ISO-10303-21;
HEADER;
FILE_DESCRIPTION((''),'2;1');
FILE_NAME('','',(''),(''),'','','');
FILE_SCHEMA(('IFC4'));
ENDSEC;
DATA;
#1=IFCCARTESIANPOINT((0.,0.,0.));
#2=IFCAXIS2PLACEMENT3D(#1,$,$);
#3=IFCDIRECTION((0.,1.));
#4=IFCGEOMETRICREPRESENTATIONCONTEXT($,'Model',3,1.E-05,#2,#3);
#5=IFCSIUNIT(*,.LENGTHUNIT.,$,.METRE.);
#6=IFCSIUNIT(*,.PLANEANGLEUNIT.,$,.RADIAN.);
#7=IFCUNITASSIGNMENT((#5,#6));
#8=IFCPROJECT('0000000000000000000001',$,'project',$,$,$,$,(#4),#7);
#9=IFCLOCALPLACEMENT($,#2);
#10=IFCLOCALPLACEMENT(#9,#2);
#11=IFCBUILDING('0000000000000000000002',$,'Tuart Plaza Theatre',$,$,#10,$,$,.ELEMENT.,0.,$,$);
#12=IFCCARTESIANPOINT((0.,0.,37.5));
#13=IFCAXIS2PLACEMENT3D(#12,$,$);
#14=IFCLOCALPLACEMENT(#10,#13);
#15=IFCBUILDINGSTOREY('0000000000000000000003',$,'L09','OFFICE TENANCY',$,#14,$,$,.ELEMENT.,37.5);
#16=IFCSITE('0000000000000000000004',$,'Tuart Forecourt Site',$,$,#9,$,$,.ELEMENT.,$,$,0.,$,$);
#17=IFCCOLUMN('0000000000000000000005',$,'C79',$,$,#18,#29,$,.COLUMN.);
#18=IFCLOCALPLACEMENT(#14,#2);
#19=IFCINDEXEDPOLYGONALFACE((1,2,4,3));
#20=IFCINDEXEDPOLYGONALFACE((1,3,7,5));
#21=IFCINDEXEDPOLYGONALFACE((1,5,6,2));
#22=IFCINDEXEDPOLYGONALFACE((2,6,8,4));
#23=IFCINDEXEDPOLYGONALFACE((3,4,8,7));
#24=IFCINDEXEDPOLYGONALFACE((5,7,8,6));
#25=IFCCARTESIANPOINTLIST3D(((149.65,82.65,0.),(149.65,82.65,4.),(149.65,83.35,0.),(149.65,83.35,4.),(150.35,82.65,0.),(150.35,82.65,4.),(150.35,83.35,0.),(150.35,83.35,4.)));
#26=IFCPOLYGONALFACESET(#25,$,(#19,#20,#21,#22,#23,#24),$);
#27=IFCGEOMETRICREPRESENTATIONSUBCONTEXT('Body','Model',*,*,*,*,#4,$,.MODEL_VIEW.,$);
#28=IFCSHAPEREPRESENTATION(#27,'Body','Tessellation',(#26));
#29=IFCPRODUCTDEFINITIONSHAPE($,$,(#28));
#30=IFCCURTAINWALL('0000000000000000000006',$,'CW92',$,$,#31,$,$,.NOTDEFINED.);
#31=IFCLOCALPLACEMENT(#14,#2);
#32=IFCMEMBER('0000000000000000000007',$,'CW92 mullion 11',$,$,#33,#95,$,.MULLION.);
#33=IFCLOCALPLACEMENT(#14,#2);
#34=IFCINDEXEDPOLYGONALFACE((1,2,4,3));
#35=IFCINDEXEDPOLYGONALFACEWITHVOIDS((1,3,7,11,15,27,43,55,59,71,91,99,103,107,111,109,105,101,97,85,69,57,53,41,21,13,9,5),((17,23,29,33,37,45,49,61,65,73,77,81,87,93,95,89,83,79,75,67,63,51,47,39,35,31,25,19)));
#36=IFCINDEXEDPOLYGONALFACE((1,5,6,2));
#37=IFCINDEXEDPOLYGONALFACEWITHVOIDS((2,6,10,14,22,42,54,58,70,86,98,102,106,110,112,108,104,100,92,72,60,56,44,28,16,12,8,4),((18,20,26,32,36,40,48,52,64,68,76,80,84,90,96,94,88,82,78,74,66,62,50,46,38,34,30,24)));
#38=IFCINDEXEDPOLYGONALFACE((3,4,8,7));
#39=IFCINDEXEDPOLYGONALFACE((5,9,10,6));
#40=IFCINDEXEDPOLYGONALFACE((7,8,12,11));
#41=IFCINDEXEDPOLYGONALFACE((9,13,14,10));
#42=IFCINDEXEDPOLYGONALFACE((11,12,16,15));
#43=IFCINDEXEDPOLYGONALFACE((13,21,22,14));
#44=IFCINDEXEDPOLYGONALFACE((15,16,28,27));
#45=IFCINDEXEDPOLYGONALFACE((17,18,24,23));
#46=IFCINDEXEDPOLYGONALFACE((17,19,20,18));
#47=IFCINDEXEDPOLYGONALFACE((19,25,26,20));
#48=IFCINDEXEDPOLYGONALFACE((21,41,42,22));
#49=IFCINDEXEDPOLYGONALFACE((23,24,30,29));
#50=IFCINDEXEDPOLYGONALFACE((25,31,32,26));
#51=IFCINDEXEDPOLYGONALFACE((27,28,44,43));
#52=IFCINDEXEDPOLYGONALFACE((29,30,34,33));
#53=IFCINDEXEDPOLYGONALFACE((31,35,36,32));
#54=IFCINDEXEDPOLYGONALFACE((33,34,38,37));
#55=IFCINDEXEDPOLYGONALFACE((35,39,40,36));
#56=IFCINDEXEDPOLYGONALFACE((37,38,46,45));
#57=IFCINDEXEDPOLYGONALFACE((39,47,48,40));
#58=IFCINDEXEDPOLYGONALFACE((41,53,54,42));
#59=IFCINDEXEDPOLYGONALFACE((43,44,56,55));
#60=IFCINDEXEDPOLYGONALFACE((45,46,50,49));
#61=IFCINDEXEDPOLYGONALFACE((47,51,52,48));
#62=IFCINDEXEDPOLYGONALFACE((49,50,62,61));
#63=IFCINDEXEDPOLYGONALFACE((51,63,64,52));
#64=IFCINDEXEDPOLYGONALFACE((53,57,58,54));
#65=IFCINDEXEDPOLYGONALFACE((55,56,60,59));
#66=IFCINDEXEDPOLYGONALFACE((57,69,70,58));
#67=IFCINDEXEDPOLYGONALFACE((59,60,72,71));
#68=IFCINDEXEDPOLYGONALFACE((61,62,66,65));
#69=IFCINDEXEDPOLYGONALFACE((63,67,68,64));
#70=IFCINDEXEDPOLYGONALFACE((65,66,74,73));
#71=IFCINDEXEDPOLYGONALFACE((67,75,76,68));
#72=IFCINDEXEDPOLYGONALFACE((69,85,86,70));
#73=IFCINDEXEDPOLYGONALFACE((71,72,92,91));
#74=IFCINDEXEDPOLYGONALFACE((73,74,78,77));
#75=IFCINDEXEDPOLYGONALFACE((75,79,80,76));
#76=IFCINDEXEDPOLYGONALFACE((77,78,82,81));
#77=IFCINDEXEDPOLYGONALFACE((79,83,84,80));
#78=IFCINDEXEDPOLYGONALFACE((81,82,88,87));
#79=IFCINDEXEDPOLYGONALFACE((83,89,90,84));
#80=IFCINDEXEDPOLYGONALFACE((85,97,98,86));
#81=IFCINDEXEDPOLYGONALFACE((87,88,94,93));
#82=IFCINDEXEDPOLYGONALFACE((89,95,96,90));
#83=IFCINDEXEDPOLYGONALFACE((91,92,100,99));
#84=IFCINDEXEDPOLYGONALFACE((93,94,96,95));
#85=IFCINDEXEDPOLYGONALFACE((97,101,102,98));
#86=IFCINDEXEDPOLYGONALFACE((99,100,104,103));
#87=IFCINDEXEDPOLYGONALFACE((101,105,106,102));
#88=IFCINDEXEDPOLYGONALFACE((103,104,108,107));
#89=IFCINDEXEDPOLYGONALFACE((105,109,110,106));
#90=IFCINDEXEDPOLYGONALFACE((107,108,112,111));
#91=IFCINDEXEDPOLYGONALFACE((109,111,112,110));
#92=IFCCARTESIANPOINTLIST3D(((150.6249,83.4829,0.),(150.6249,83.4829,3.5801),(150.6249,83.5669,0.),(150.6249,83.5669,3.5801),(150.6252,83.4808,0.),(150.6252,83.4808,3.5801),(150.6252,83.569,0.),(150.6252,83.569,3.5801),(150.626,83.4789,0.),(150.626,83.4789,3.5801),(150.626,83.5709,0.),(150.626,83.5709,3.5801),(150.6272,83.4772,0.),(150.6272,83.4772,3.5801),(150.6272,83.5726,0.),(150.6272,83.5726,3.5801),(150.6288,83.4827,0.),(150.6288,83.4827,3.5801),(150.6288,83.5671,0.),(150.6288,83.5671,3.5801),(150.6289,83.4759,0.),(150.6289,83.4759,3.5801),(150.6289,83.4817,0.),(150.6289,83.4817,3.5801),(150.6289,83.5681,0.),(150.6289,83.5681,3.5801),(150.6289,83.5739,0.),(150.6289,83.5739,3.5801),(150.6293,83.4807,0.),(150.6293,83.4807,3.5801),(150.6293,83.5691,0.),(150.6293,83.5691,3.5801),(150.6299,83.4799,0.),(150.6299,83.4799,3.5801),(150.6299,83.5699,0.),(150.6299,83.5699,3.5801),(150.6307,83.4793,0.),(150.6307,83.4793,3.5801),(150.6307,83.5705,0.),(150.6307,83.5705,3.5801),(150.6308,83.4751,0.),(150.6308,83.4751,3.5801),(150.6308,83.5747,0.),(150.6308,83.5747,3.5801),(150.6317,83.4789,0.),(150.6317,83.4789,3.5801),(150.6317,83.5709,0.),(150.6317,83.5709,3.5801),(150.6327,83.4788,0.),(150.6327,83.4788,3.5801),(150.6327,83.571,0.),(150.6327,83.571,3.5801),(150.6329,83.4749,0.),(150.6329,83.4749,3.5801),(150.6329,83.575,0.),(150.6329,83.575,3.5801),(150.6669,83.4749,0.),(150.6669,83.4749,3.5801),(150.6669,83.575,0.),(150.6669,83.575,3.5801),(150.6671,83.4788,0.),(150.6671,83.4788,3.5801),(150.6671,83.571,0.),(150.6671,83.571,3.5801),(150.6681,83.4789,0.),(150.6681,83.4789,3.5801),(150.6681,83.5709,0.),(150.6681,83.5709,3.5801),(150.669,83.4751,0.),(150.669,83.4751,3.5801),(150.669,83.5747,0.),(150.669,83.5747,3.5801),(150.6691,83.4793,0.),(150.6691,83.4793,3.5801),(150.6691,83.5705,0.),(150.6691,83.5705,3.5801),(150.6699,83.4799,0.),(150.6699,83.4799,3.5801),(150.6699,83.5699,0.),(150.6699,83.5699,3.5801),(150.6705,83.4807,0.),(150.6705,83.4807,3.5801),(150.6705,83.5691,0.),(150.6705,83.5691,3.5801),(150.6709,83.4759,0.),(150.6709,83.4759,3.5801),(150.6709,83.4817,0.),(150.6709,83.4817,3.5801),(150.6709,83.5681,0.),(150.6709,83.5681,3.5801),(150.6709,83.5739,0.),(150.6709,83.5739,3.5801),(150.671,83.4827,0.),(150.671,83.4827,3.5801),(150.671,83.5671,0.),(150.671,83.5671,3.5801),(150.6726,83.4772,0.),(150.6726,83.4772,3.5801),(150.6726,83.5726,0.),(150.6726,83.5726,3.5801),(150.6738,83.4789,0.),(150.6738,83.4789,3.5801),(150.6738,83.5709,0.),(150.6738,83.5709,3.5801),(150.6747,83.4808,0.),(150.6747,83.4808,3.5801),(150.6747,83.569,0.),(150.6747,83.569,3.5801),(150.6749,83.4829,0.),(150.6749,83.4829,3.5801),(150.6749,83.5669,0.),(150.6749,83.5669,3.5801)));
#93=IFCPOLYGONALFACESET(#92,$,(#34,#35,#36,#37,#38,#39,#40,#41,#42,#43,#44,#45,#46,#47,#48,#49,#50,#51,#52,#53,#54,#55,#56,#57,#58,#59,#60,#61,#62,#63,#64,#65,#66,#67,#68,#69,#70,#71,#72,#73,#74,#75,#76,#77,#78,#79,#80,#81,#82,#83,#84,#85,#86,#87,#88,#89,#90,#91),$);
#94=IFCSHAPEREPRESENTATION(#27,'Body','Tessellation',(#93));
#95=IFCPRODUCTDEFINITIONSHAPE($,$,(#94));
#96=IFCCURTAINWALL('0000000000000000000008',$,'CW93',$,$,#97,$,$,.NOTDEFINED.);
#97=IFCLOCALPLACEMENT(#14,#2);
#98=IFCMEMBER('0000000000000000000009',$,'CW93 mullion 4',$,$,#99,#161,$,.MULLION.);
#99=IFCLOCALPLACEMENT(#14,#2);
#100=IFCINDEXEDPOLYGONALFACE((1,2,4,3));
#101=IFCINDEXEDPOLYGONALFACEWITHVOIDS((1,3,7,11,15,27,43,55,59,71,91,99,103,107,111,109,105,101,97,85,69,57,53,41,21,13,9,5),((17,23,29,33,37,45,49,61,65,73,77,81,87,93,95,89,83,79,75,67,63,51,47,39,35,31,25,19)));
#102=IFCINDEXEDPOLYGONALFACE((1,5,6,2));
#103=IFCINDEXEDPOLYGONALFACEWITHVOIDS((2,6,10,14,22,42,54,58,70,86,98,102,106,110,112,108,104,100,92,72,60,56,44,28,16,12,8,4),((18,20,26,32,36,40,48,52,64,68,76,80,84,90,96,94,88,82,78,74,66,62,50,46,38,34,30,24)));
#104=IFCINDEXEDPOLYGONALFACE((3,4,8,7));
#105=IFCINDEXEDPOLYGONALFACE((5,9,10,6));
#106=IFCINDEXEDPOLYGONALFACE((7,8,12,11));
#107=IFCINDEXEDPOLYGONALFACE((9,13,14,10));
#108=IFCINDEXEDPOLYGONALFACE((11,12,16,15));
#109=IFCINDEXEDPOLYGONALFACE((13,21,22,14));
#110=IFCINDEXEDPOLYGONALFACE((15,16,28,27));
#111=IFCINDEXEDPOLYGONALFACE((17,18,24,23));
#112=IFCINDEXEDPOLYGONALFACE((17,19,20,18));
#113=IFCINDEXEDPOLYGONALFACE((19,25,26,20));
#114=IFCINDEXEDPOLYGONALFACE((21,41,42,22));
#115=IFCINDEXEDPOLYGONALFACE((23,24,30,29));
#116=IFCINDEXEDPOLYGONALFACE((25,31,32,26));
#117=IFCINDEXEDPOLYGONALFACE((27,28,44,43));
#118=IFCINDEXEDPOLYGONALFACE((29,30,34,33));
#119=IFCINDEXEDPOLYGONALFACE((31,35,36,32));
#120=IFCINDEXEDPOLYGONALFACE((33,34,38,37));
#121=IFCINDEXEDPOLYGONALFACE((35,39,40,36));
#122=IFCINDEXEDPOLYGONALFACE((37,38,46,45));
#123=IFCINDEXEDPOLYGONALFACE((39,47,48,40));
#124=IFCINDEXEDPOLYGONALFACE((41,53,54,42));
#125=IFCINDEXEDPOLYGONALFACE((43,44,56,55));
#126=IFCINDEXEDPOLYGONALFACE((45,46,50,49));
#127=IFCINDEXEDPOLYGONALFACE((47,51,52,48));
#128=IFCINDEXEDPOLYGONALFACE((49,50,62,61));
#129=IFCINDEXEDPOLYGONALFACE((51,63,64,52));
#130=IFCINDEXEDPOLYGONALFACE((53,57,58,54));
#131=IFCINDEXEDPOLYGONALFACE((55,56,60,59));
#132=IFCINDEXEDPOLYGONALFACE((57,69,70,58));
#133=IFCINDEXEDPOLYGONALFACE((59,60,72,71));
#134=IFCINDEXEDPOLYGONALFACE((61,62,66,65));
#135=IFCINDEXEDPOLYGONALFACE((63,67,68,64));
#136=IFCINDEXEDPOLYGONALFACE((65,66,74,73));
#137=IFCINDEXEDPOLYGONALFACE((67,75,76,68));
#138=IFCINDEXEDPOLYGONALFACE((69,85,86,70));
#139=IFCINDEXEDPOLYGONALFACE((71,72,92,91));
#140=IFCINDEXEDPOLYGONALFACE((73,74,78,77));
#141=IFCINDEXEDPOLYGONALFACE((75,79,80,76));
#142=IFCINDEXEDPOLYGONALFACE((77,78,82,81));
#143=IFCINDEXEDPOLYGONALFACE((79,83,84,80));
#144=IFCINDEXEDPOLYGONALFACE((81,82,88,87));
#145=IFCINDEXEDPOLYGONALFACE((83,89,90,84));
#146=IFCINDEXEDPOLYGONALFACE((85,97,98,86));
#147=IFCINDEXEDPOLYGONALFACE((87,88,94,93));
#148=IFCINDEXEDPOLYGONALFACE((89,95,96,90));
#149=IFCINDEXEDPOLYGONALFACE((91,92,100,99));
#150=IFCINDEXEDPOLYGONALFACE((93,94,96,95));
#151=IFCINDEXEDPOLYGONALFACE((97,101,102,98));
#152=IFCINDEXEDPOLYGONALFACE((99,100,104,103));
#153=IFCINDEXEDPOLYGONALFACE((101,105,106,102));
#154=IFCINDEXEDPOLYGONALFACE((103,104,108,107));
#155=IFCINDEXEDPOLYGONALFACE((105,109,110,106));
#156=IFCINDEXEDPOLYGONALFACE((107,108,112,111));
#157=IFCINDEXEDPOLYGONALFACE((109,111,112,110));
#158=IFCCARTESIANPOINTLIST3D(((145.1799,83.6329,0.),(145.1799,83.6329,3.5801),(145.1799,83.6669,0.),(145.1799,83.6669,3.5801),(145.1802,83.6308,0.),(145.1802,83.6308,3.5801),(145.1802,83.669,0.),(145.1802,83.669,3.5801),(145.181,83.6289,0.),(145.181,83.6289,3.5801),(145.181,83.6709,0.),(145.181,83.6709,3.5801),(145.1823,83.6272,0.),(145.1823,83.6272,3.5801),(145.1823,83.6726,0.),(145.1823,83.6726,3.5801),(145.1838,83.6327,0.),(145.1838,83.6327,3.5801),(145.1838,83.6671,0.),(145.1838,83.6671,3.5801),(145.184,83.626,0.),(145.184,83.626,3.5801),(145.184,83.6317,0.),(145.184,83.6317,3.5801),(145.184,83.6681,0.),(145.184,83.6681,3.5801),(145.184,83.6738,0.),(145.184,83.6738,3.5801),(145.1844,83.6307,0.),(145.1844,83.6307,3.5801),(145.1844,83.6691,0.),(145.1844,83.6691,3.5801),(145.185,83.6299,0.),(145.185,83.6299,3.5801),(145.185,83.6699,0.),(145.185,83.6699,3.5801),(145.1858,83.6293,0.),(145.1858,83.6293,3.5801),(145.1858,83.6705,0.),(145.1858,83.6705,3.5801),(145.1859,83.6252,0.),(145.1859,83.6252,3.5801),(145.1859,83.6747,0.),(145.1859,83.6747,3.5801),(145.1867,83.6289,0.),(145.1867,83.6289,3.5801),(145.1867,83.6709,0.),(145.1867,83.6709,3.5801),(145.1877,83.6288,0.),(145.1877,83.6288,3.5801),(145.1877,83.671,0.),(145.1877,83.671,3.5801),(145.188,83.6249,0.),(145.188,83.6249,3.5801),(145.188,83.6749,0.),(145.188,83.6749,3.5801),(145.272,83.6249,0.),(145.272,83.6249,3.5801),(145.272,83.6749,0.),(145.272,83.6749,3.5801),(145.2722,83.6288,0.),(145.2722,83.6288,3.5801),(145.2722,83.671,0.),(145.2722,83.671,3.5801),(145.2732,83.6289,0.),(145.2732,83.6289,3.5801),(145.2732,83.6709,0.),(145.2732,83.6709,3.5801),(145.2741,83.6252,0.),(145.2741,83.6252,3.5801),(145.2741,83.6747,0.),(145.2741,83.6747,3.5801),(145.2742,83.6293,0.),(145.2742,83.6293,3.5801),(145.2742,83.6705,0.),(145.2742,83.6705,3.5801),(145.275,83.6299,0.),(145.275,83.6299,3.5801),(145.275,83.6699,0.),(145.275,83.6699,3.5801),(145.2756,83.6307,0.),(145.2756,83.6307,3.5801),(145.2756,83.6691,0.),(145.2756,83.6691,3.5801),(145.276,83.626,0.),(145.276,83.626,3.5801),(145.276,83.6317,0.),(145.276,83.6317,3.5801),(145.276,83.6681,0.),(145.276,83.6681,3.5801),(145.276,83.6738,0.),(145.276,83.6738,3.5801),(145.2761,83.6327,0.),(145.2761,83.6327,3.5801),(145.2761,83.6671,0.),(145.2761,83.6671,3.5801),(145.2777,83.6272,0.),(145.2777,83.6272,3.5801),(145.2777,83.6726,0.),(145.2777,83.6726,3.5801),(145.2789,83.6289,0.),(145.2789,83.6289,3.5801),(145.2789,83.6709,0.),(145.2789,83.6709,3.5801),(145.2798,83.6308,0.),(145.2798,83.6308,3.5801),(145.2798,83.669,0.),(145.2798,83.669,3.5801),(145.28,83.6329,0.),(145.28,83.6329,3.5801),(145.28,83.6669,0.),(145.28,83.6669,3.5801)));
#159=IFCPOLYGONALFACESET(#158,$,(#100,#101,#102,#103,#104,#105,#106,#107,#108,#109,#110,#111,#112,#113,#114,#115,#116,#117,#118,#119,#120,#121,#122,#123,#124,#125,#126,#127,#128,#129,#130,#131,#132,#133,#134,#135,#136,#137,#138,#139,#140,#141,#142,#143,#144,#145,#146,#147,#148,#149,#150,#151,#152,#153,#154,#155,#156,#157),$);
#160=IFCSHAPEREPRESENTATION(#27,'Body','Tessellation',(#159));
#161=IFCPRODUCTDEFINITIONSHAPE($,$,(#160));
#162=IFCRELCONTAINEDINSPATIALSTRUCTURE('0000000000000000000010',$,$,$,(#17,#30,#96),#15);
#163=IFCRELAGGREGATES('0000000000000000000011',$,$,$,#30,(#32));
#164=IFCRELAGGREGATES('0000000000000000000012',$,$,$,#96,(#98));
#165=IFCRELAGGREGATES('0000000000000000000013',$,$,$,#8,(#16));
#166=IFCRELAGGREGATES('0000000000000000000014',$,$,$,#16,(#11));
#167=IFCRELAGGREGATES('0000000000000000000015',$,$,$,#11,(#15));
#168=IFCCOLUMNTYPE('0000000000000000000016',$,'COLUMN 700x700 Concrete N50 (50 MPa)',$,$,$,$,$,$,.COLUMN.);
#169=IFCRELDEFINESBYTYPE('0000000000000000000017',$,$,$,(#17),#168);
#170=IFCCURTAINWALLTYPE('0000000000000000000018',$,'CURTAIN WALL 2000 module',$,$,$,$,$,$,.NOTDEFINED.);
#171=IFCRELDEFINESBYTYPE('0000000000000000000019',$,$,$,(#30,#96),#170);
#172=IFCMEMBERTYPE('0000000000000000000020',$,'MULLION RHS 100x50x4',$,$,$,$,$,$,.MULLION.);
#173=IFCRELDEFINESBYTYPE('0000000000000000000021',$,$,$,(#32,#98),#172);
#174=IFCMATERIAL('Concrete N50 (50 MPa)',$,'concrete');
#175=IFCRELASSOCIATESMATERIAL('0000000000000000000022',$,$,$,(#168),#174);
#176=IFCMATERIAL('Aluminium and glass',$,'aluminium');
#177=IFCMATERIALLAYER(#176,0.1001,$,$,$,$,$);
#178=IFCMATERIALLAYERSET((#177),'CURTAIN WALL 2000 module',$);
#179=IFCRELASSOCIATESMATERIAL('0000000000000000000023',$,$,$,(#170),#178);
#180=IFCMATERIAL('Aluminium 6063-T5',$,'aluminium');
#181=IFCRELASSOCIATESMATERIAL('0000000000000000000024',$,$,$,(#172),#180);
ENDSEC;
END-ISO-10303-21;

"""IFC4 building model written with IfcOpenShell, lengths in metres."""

from ifc_helpers import new_model, si_unit, direction, frame, origin, origin_2d, place, context, subcontext, project, spatial, rectangle, hollow_rectangle, extrude, material, layer, layer_set, material_profile, profile_set, type_object, element, aggregate, save


model = new_model("IFC4")

# Units and contexts
model_context = context("Model", 3, precision=1e-05, world=origin(), true_north=direction((0.0, 1.0)))
body_context = subcontext(model_context, "Body", "Model", "MODEL_VIEW")
ifc_project = project(units=[si_unit("LENGTHUNIT", "METRE"), si_unit("PLANEANGLEUNIT", "RADIAN")], contexts=[model_context])

# Site, building, storey
site_placement = place(None, origin())
site = spatial("IfcSite", under=ifc_project, at=site_placement, Name="Tuart Forecourt Site", CompositionType="ELEMENT", RefElevation=0.0)
building_placement = place(site_placement, origin())
building = spatial("IfcBuilding", under=site, at=building_placement, Name="Tuart Plaza Theatre", CompositionType="ELEMENT", ElevationOfRefHeight=0.0)
storey_placement = place(building_placement, frame((0.0, 0.0, 37.5)))
storey = spatial("IfcBuildingStorey", under=building, at=storey_placement, Name="L09", Description="OFFICE TENANCY", CompositionType="ELEMENT", Elevation=37.5)

# Column
ifc_material_1 = material(Name="Concrete N50 (50 MPa)", Category="concrete")
ifc_material_profile_1 = material_profile(ifc_material_1, rectangle(XDim=0.7, YDim=0.7, at=origin_2d()), Name="COLUMN 700x700 Concrete N50 (50 MPa)")
ifc_profile_set_1 = profile_set([ifc_material_profile_1], Name="Concrete N50 (50 MPa)")
column_type = type_object("IfcColumnType", Name="COLUMN 700x700 Concrete N50 (50 MPa)", PredefinedType="COLUMN", material=ifc_profile_set_1)
column_placement = place(storey_placement, frame((150.0, 83.0, 0.0), z_axis=(0.0, 0.0, 1.0), x_axis=(1.0, 0.0, 0.0)))
element("IfcColumn", 1, at=column_placement, inside=storey, type_object=column_type, Name="C79", PredefinedType="COLUMN", context=body_context, shape_type="SweptSolid", body=[
    extrude(rectangle(XDim=0.7, YDim=0.7, at=origin_2d()), origin(), (0.0, 0.0, 1.0), 4.0),
])

# Curtain wall, member
ifc_material_2 = material(Name="Aluminium and glass", Category="aluminium")
ifc_layer_1 = layer(ifc_material_2, 0.1001)
ifc_layer_set_1 = layer_set([ifc_layer_1], Name="CURTAIN WALL 2000 module")
curtain_wall_type = type_object("IfcCurtainWallType", Name="CURTAIN WALL 2000 module", PredefinedType="NOTDEFINED", material=ifc_layer_set_1)
curtain_wall_1_placement = place(storey_placement, origin())
curtain_wall_1 = element("IfcCurtainWall", 2, at=curtain_wall_1_placement, inside=storey, type_object=curtain_wall_type, Name="CW92", PredefinedType="NOTDEFINED")
ifc_material_3 = material(Name="Aluminium 6063-T5", Category="aluminium")
ifc_material_profile_2 = material_profile(ifc_material_3, hollow_rectangle(XDim=0.05, YDim=0.1001, WallThickness=0.0039, InnerFilletRadius=0.0039, OuterFilletRadius=0.0081, at=origin_2d()), Name="RHS 100x50x4")
ifc_profile_set_2 = profile_set([ifc_material_profile_2], Name="Aluminium 6063-T5")
member_type_1 = type_object("IfcMemberType", Name="MULLION RHS 100x50x4", PredefinedType="MULLION", material=ifc_profile_set_2)
member_1_placement = place(storey_placement, frame((150.6499, 83.5249, 0.0), z_axis=(0.0, 0.0, 1.0), x_axis=(-1.0, 0.0, 0.0)))
member_1 = element("IfcMember", 3, at=member_1_placement, type_object=member_type_1, Name="CW92 mullion 11", PredefinedType="MULLION", context=body_context, shape_type="SweptSolid", body=[
    extrude(hollow_rectangle(XDim=0.05, YDim=0.1001, WallThickness=0.0039, InnerFilletRadius=0.0039, OuterFilletRadius=0.0081, at=origin_2d()), origin(), (0.0, 0.0, 1.0), 3.5801),
])

# Curtain wall, member
curtain_wall_2_placement = place(storey_placement, origin())
curtain_wall_2 = element("IfcCurtainWall", 4, at=curtain_wall_2_placement, inside=storey, type_object=curtain_wall_type, Name="CW93", PredefinedType="NOTDEFINED")
member_2_placement = place(storey_placement, frame((145.23, 83.6499, 0.0), z_axis=(0.0, 0.0, 1.0), x_axis=(0.0, -1.0, 0.0)))
member_2 = element("IfcMember", 5, at=member_2_placement, type_object=member_type_1, Name="CW93 mullion 4", PredefinedType="MULLION", context=body_context, shape_type="SweptSolid", body=[
    extrude(hollow_rectangle(XDim=0.05, YDim=0.1001, WallThickness=0.0039, InnerFilletRadius=0.0039, OuterFilletRadius=0.0081, at=origin_2d()), origin(), (0.0, 0.0, 1.0), 3.5801),
])

aggregate(curtain_wall_1, [member_1])
aggregate(curtain_wall_2, [member_2])

save(model, "model.ifc")
